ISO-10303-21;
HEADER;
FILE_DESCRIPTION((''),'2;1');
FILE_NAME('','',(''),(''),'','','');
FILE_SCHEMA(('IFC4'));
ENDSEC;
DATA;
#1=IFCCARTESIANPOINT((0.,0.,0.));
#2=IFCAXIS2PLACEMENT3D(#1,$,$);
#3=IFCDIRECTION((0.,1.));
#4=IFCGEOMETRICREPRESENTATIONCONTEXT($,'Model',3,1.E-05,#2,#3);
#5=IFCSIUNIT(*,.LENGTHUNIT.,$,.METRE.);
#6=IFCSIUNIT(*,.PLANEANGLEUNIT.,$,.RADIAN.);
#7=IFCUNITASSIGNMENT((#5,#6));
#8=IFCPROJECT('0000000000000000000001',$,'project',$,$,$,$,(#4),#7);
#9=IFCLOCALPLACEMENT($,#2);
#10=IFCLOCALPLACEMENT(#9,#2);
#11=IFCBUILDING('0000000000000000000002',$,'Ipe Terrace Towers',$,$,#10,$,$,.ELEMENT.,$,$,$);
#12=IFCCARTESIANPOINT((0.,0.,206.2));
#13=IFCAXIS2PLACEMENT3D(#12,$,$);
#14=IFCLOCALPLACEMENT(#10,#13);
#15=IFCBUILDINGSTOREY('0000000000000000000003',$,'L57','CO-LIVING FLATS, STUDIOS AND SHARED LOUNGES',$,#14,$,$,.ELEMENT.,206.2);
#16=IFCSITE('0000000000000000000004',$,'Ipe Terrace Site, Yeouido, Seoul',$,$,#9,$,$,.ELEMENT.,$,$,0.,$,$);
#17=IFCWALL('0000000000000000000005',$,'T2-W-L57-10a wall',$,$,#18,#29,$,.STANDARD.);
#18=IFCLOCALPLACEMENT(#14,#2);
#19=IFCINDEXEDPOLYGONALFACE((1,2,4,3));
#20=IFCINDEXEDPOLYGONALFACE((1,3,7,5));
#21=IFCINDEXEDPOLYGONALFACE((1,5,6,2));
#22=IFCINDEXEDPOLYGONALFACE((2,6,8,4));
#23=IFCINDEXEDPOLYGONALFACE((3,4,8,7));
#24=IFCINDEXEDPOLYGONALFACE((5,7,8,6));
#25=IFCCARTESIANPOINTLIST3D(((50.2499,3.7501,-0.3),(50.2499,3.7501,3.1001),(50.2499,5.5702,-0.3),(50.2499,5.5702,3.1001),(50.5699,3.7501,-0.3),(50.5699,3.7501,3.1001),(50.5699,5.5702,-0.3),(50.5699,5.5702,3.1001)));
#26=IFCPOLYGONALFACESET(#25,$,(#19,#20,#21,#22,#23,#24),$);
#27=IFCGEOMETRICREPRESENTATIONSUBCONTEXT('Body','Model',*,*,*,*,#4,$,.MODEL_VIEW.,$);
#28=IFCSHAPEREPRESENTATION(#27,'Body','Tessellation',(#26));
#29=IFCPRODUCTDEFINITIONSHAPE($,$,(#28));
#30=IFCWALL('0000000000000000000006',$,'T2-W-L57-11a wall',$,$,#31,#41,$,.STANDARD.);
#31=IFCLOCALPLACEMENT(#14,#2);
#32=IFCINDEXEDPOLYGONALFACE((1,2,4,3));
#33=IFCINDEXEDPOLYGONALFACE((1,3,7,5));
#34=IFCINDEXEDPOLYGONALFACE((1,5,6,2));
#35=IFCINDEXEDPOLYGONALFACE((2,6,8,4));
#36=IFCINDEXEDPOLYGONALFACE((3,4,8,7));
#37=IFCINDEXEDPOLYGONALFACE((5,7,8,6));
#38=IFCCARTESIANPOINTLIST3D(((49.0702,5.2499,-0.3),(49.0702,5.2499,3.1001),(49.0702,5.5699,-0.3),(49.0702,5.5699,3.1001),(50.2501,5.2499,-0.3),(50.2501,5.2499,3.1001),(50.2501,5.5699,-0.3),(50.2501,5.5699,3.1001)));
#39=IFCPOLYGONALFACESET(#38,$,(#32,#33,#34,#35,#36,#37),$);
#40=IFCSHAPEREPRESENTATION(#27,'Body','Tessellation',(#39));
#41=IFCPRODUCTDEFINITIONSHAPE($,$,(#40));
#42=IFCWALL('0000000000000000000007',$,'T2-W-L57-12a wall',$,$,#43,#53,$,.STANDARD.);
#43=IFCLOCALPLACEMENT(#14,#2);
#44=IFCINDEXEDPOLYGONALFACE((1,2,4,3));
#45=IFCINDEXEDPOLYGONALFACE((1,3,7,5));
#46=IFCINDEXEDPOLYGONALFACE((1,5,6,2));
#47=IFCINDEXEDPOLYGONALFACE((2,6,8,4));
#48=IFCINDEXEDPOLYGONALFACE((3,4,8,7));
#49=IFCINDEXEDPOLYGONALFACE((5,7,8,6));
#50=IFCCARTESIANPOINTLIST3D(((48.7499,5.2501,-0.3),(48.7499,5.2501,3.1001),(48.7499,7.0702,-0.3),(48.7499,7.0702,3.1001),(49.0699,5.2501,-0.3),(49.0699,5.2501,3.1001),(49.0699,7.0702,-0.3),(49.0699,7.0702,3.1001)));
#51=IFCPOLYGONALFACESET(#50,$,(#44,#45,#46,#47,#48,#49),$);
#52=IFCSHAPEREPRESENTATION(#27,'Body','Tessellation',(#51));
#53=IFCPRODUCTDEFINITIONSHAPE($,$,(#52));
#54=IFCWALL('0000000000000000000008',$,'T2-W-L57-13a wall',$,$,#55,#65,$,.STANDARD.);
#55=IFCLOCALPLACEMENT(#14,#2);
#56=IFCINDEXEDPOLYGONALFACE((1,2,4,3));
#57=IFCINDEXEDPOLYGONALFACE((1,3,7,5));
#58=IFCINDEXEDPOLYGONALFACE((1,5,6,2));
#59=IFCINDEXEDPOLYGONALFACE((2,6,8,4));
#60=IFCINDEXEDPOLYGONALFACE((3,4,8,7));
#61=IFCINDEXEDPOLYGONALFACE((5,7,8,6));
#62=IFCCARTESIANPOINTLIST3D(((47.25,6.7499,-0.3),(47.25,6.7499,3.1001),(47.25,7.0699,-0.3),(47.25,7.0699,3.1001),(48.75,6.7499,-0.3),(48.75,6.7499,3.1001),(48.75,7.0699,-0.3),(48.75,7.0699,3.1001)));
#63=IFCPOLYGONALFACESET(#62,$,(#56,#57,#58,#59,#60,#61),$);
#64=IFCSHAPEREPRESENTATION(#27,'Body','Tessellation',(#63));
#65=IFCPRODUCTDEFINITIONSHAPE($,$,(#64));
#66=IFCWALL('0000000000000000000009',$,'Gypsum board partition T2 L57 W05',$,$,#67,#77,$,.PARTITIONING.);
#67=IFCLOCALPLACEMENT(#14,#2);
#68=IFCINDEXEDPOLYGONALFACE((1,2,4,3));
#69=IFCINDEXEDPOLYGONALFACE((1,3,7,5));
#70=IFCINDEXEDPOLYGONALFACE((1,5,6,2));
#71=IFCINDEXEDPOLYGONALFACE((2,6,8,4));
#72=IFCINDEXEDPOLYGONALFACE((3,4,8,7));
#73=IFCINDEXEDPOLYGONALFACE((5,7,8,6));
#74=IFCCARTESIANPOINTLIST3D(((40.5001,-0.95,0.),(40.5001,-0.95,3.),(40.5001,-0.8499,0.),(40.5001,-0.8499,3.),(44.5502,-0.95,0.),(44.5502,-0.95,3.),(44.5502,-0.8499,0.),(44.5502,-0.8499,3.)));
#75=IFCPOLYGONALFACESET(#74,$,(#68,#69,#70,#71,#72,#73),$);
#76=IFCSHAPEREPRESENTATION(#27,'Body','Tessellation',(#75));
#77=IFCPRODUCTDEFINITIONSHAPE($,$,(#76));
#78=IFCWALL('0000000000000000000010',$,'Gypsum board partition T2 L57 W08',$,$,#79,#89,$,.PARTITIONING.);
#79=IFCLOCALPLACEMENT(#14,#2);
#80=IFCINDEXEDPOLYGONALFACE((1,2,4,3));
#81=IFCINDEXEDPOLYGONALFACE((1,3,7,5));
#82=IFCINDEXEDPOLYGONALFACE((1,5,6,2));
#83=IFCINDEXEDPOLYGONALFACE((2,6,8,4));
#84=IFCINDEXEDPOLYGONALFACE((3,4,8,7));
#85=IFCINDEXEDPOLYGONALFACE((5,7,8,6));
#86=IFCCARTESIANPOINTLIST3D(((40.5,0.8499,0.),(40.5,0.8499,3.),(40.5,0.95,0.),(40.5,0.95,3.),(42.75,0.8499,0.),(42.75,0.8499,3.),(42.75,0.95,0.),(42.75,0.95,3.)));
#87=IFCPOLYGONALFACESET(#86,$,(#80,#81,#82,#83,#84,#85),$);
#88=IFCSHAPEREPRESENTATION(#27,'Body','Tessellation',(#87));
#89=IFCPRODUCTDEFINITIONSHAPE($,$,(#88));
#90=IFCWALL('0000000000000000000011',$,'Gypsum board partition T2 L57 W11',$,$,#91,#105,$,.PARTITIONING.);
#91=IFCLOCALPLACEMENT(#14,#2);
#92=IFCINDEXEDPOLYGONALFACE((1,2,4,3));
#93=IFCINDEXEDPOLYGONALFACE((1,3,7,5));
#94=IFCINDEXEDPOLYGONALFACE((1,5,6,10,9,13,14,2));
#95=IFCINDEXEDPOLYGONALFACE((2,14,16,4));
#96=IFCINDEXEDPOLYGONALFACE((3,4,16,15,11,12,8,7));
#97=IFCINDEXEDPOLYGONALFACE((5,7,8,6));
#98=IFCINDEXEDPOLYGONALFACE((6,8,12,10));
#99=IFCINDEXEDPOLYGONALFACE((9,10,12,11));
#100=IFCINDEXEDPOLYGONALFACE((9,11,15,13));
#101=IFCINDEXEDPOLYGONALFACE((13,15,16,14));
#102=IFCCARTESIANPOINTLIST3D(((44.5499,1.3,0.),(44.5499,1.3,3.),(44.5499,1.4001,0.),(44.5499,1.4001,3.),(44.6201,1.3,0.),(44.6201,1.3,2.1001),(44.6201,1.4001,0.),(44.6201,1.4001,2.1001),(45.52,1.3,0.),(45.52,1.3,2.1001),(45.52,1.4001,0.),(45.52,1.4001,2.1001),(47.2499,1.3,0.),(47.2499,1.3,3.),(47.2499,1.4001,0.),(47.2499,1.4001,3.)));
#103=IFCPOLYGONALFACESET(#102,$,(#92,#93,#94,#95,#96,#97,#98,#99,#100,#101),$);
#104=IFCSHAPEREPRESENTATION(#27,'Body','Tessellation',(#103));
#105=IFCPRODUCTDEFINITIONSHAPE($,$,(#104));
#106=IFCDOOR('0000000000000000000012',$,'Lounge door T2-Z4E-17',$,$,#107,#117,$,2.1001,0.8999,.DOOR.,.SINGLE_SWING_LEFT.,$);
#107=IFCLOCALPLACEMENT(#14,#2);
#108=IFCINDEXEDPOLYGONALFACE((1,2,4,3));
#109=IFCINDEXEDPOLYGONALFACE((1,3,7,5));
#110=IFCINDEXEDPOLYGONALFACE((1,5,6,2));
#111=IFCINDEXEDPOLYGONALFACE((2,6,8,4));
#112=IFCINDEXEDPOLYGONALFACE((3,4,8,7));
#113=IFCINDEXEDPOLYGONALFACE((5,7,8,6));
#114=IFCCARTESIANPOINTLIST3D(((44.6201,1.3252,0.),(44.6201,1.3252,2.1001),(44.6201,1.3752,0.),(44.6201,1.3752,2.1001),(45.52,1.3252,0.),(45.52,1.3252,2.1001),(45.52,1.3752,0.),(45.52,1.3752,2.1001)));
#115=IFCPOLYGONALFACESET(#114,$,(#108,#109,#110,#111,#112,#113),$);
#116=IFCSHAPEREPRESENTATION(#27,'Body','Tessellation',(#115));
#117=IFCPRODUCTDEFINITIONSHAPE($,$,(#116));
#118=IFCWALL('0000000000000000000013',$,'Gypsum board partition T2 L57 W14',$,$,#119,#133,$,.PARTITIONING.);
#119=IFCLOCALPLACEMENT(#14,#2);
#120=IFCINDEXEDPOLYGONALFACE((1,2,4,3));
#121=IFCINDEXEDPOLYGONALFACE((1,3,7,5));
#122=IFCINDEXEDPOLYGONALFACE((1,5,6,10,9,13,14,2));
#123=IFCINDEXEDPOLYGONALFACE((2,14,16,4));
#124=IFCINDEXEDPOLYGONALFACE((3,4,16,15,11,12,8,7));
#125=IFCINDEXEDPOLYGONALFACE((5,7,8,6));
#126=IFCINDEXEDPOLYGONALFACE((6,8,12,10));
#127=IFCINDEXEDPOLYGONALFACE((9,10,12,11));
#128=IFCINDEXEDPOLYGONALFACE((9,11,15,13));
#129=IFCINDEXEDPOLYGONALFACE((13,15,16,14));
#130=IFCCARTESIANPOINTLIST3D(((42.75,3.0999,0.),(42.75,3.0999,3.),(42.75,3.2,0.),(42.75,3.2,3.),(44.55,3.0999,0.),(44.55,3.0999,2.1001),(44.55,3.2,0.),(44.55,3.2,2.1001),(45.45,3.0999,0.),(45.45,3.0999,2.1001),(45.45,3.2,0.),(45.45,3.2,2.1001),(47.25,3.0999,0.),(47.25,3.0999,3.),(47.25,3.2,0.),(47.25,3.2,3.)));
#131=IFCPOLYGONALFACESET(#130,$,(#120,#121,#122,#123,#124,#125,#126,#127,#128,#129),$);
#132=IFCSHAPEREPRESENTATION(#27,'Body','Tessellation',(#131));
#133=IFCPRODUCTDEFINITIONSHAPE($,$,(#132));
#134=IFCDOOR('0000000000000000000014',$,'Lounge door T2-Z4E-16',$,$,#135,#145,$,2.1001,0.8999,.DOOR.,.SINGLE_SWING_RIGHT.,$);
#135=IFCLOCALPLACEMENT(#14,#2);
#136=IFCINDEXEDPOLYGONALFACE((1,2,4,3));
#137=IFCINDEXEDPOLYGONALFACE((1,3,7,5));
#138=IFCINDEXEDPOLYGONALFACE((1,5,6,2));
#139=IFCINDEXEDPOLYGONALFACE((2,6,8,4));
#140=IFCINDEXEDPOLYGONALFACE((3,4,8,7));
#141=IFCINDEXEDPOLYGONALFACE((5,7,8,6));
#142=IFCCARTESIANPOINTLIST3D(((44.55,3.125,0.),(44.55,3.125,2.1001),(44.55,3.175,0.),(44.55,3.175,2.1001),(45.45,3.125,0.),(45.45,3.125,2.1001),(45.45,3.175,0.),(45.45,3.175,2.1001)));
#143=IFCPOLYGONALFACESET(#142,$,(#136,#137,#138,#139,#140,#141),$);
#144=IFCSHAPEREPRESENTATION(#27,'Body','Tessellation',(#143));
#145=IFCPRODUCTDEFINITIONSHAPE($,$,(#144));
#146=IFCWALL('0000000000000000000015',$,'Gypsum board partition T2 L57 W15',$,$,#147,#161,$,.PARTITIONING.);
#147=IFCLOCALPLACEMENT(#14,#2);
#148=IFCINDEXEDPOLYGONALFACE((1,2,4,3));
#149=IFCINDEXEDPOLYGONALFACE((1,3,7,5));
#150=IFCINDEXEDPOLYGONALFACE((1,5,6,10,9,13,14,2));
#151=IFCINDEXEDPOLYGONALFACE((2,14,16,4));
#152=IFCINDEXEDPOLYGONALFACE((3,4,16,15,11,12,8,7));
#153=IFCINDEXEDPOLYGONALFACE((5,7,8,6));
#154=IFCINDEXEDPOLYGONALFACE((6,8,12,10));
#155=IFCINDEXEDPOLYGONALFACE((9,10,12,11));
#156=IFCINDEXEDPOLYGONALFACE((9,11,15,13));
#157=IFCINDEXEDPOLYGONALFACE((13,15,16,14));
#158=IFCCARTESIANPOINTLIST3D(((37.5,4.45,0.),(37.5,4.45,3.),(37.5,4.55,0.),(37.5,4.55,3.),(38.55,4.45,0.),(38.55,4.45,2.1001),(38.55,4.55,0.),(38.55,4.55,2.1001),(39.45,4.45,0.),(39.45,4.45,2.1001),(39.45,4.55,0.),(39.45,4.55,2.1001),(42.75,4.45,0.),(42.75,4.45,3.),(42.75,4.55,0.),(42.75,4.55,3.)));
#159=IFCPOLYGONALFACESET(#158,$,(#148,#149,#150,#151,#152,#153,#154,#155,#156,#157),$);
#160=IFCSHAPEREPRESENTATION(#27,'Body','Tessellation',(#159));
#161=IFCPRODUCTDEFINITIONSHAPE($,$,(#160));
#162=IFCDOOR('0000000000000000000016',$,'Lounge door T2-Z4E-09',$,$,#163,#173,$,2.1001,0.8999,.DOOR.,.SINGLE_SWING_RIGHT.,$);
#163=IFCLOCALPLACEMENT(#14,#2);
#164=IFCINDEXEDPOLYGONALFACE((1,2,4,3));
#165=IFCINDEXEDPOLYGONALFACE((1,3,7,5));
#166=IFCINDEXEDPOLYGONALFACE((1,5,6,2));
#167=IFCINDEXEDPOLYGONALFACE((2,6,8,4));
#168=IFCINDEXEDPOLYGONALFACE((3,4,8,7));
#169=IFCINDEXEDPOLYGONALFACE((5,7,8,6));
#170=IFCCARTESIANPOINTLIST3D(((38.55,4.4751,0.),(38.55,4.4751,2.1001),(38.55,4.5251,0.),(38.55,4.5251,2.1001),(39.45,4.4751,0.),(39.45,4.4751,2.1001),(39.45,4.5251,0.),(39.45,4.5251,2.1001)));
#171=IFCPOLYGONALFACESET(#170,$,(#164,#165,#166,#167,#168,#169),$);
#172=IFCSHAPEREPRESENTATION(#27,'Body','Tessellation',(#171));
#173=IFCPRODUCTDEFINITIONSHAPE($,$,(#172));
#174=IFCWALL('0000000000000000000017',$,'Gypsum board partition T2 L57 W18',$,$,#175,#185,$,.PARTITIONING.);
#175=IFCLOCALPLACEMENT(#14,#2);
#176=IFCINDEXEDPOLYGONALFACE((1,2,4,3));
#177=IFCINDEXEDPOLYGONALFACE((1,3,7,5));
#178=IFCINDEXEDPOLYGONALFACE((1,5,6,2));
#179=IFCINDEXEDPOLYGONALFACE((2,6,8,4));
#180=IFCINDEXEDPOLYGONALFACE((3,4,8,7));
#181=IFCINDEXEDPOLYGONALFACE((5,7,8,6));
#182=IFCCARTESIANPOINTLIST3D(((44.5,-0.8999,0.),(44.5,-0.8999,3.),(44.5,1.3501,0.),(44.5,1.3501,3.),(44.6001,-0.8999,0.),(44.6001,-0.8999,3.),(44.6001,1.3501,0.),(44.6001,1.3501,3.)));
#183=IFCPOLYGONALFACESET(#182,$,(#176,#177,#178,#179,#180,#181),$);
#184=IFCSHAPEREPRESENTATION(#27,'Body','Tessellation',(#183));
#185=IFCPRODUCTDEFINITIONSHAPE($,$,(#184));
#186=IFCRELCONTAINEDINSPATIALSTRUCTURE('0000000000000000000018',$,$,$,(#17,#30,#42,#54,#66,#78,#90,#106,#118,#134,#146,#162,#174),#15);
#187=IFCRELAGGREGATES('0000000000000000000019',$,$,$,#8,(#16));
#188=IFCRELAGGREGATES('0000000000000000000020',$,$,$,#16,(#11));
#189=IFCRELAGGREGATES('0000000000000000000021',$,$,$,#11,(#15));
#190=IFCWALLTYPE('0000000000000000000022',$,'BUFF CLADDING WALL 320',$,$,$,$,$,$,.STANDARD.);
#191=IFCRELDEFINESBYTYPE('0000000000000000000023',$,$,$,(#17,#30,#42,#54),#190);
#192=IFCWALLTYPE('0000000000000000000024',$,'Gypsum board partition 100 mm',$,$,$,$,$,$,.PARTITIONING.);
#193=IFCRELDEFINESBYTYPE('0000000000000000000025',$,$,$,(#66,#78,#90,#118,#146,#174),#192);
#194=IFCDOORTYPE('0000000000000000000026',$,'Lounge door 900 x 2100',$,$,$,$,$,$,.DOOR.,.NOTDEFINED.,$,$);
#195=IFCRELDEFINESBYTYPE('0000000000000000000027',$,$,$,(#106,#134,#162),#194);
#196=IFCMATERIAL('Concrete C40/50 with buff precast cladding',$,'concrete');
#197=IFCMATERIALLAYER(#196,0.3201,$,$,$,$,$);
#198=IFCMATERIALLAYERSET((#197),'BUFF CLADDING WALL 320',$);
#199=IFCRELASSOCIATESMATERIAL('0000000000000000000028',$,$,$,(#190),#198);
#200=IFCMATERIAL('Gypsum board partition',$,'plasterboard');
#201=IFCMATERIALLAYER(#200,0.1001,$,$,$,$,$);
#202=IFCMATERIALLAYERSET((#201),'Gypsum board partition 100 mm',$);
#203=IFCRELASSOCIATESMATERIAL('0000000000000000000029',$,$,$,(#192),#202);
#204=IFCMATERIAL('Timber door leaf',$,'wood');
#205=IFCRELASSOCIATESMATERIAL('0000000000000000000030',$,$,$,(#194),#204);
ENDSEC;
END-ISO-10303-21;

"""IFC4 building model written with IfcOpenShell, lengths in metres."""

from ifc_helpers import new_model, si_unit, direction, frame, frame_2d, origin, place, context, subcontext, project, spatial, rectangle, extrude, material, layer, layer_set, type_object, element, fill, save


model = new_model("IFC4")

# Units and contexts
model_context = context("Model", 3, precision=1e-05, world=origin(), true_north=direction((0.0, 1.0)))
body_context = subcontext(model_context, "Body", "Model", "MODEL_VIEW")
ifc_project = project(units=[si_unit("LENGTHUNIT", "METRE"), si_unit("PLANEANGLEUNIT", "RADIAN")], contexts=[model_context])

# Site, building, storey
site_placement = place(None, origin())
site = spatial("IfcSite", under=ifc_project, at=site_placement, Name="Ipe Terrace Site, Yeouido, Seoul", CompositionType="ELEMENT", RefElevation=0.0)
building_placement = place(site_placement, origin())
building = spatial("IfcBuilding", under=site, at=building_placement, Name="Ipe Terrace Towers", CompositionType="ELEMENT")
storey_placement = place(building_placement, frame((0.0, 0.0, 206.2)))
storey = spatial("IfcBuildingStorey", under=building, at=storey_placement, Name="L57", Description="CO-LIVING FLATS, STUDIOS AND SHARED LOUNGES", CompositionType="ELEMENT", Elevation=206.2)

# Walls
ifc_material_1 = material(Name="Concrete C40/50 with buff precast cladding", Category="concrete")
ifc_layer_1 = layer(ifc_material_1, 0.3201)
ifc_layer_set_1 = layer_set([ifc_layer_1], Name="BUFF CLADDING WALL 320")
wall_type_1 = type_object("IfcWallType", Name="BUFF CLADDING WALL 320", PredefinedType="STANDARD", material=ifc_layer_set_1)
wall_1_placement = place(storey_placement, frame((50.4099, 3.75, -0.3), z_axis=(0.0, 0.0, 1.0), x_axis=(0.0, 1.0, 0.0)))
element("IfcWall", 1, at=wall_1_placement, inside=storey, type_object=wall_type_1, Name="T2-W-L57-10a wall", PredefinedType="STANDARD", context=body_context, shape_type="SweptSolid", body=[
    extrude(rectangle(XDim=1.8201, YDim=0.3201, at=frame_2d((0.9102, 0.0))), origin(), (0.0, 0.0, 1.0), 3.4001),
])
wall_2_placement = place(storey_placement, frame((50.25, 5.4099, -0.3), z_axis=(0.0, 0.0, 1.0), x_axis=(-1.0, 0.0, 0.0)))
element("IfcWall", 2, at=wall_2_placement, inside=storey, type_object=wall_type_1, Name="T2-W-L57-11a wall", PredefinedType="STANDARD", context=body_context, shape_type="SweptSolid", body=[
    extrude(rectangle(XDim=1.1799, YDim=0.3201, at=frame_2d((0.5898, 0.0))), origin(), (0.0, 0.0, 1.0), 3.4001),
])
wall_3_placement = place(storey_placement, frame((48.9099, 5.25, -0.3), z_axis=(0.0, 0.0, 1.0), x_axis=(0.0, 1.0, 0.0)))
element("IfcWall", 3, at=wall_3_placement, inside=storey, type_object=wall_type_1, Name="T2-W-L57-12a wall", PredefinedType="STANDARD", context=body_context, shape_type="SweptSolid", body=[
    extrude(rectangle(XDim=1.8201, YDim=0.3201, at=frame_2d((0.9102, 0.0))), origin(), (0.0, 0.0, 1.0), 3.4001),
])
wall_4_placement = place(storey_placement, frame((48.75, 6.9099, -0.3), z_axis=(0.0, 0.0, 1.0), x_axis=(-1.0, 0.0, 0.0)))
element("IfcWall", 4, at=wall_4_placement, inside=storey, type_object=wall_type_1, Name="T2-W-L57-13a wall", PredefinedType="STANDARD", context=body_context, shape_type="SweptSolid", body=[
    extrude(rectangle(XDim=1.5, YDim=0.3201, at=frame_2d((0.75, 0.0))), origin(), (0.0, 0.0, 1.0), 3.4001),
])
ifc_material_2 = material(Name="Gypsum board partition", Category="plasterboard")
ifc_layer_2 = layer(ifc_material_2, 0.1001)
ifc_layer_set_2 = layer_set([ifc_layer_2], Name="Gypsum board partition 100 mm")
wall_type_2 = type_object("IfcWallType", Name="Gypsum board partition 100 mm", PredefinedType="PARTITIONING", material=ifc_layer_set_2)
wall_5_placement = place(storey_placement, frame((44.55, -0.8999, 0.0), z_axis=(0.0, 0.0, 1.0), x_axis=(-1.0, 0.0, 0.0)))
element("IfcWall", 5, at=wall_5_placement, inside=storey, type_object=wall_type_2, Name="Gypsum board partition T2 L57 W05", PredefinedType="PARTITIONING", context=body_context, shape_type="SweptSolid", body=[
    extrude(rectangle(XDim=4.05, YDim=0.1001, at=frame_2d((2.0249, 0.0))), origin(), (0.0, 0.0, 1.0), 3.0),
])
wall_6_placement = place(storey_placement, frame((42.75, 0.8999, 0.0), z_axis=(0.0, 0.0, 1.0), x_axis=(-1.0, 0.0, 0.0)))
element("IfcWall", 6, at=wall_6_placement, inside=storey, type_object=wall_type_2, Name="Gypsum board partition T2 L57 W08", PredefinedType="PARTITIONING", context=body_context, shape_type="SweptSolid", body=[
    extrude(rectangle(XDim=2.25, YDim=0.1001, at=frame_2d((1.125, 0.0))), origin(), (0.0, 0.0, 1.0), 3.0),
])

# Walls, openings, doors
wall_7_placement = place(storey_placement, frame((47.25, 1.3501, 0.0), z_axis=(0.0, 0.0, 1.0), x_axis=(-1.0, 0.0, 0.0)))
wall_7 = element("IfcWall", 7, at=wall_7_placement, inside=storey, type_object=wall_type_2, Name="Gypsum board partition T2 L57 W11", PredefinedType="PARTITIONING", context=body_context, shape_type="SweptSolid", body=[
    extrude(rectangle(XDim=2.7, YDim=0.1001, at=frame_2d((1.3501, 0.0))), origin(), (0.0, 0.0, 1.0), 3.0),
])
opening_1_placement = place(wall_7_placement, frame((1.73, 0.0, 0.0)))
opening_1 = element("IfcOpeningElement", 8, at=opening_1_placement, cuts=wall_7, PredefinedType="OPENING", context=body_context, shape_type="SweptSolid", body=[
    extrude(rectangle(XDim=0.8999, YDim=2.1001, at=frame_2d((0.45, 1.05))), frame((0.0, 0.0601, 0.0), z_axis=(0.0, -1.0, 0.0), x_axis=(1.0, 0.0, 0.0)), (0.0, 0.0, 1.0), 0.1201),
])
ifc_material_3 = material(Name="Timber door leaf", Category="wood")
door_type = type_object("IfcDoorType", Name="Lounge door 900 x 2100", OperationType="NOTDEFINED", PredefinedType="DOOR", material=ifc_material_3)
door_1_placement = place(opening_1_placement, origin())
door_1 = element("IfcDoor", 9, at=door_1_placement, inside=storey, type_object=door_type, Name="Lounge door T2-Z4E-17", OperationType="SINGLE_SWING_LEFT", OverallHeight=2.1001, OverallWidth=0.8999, PredefinedType="DOOR", context=body_context, shape_type="SweptSolid", body=[
    extrude(rectangle(XDim=0.8999, YDim=2.1001, at=frame_2d((0.45, 1.05))), frame((0.0, 0.0249, 0.0), z_axis=(0.0, -1.0, 0.0), x_axis=(1.0, 0.0, 0.0)), (0.0, 0.0, 1.0), 0.05),
])
fill(opening_1, door_1)
wall_8_placement = place(storey_placement, frame((47.25, 3.1499, 0.0), z_axis=(0.0, 0.0, 1.0), x_axis=(-1.0, 0.0, 0.0)))
wall_8 = element("IfcWall", 10, at=wall_8_placement, inside=storey, type_object=wall_type_2, Name="Gypsum board partition T2 L57 W14", PredefinedType="PARTITIONING", context=body_context, shape_type="SweptSolid", body=[
    extrude(rectangle(XDim=4.5, YDim=0.1001, at=frame_2d((2.25, 0.0))), origin(), (0.0, 0.0, 1.0), 3.0),
])
opening_2_placement = place(wall_8_placement, frame((1.8, 0.0, 0.0)))
opening_2 = element("IfcOpeningElement", 11, at=opening_2_placement, cuts=wall_8, PredefinedType="OPENING", context=body_context, shape_type="SweptSolid", body=[
    extrude(rectangle(XDim=0.8999, YDim=2.1001, at=frame_2d((0.45, 1.05))), frame((0.0, 0.0601, 0.0), z_axis=(0.0, -1.0, 0.0), x_axis=(1.0, 0.0, 0.0)), (0.0, 0.0, 1.0), 0.1201),
])
door_2_placement = place(opening_2_placement, origin())
door_2 = element("IfcDoor", 12, at=door_2_placement, inside=storey, type_object=door_type, Name="Lounge door T2-Z4E-16", OperationType="SINGLE_SWING_RIGHT", OverallHeight=2.1001, OverallWidth=0.8999, PredefinedType="DOOR", context=body_context, shape_type="SweptSolid", body=[
    extrude(rectangle(XDim=0.8999, YDim=2.1001, at=frame_2d((0.45, 1.05))), frame((0.0, 0.0249, 0.0), z_axis=(0.0, -1.0, 0.0), x_axis=(1.0, 0.0, 0.0)), (0.0, 0.0, 1.0), 0.05),
])
fill(opening_2, door_2)
wall_9_placement = place(storey_placement, frame((42.75, 4.5, 0.0), z_axis=(0.0, 0.0, 1.0), x_axis=(-1.0, 0.0, 0.0)))
wall_9 = element("IfcWall", 13, at=wall_9_placement, inside=storey, type_object=wall_type_2, Name="Gypsum board partition T2 L57 W15", PredefinedType="PARTITIONING", context=body_context, shape_type="SweptSolid", body=[
    extrude(rectangle(XDim=5.25, YDim=0.1001, at=frame_2d((2.625, 0.0))), origin(), (0.0, 0.0, 1.0), 3.0),
])
opening_3_placement = place(wall_9_placement, frame((3.3, 0.0, 0.0)))
opening_3 = element("IfcOpeningElement", 14, at=opening_3_placement, cuts=wall_9, PredefinedType="OPENING", context=body_context, shape_type="SweptSolid", body=[
    extrude(rectangle(XDim=0.8999, YDim=2.1001, at=frame_2d((0.45, 1.05))), frame((0.0, 0.0601, 0.0), z_axis=(0.0, -1.0, 0.0), x_axis=(1.0, 0.0, 0.0)), (0.0, 0.0, 1.0), 0.1201),
])
door_3_placement = place(opening_3_placement, origin())
door_3 = element("IfcDoor", 15, at=door_3_placement, inside=storey, type_object=door_type, Name="Lounge door T2-Z4E-09", OperationType="SINGLE_SWING_RIGHT", OverallHeight=2.1001, OverallWidth=0.8999, PredefinedType="DOOR", context=body_context, shape_type="SweptSolid", body=[
    extrude(rectangle(XDim=0.8999, YDim=2.1001, at=frame_2d((0.45, 1.05))), frame((0.0, 0.0249, 0.0), z_axis=(0.0, -1.0, 0.0), x_axis=(1.0, 0.0, 0.0)), (0.0, 0.0, 1.0), 0.05),
])
fill(opening_3, door_3)

# Wall
wall_10_placement = place(storey_placement, frame((44.55, -0.8999, 0.0), z_axis=(0.0, 0.0, 1.0), x_axis=(0.0, 1.0, 0.0)))
element("IfcWall", 16, at=wall_10_placement, inside=storey, type_object=wall_type_2, Name="Gypsum board partition T2 L57 W18", PredefinedType="PARTITIONING", context=body_context, shape_type="SweptSolid", body=[
    extrude(rectangle(XDim=2.25, YDim=0.1001, at=frame_2d((1.125, 0.0))), origin(), (0.0, 0.0, 1.0), 3.0),
])

save(model, "model.ifc")
